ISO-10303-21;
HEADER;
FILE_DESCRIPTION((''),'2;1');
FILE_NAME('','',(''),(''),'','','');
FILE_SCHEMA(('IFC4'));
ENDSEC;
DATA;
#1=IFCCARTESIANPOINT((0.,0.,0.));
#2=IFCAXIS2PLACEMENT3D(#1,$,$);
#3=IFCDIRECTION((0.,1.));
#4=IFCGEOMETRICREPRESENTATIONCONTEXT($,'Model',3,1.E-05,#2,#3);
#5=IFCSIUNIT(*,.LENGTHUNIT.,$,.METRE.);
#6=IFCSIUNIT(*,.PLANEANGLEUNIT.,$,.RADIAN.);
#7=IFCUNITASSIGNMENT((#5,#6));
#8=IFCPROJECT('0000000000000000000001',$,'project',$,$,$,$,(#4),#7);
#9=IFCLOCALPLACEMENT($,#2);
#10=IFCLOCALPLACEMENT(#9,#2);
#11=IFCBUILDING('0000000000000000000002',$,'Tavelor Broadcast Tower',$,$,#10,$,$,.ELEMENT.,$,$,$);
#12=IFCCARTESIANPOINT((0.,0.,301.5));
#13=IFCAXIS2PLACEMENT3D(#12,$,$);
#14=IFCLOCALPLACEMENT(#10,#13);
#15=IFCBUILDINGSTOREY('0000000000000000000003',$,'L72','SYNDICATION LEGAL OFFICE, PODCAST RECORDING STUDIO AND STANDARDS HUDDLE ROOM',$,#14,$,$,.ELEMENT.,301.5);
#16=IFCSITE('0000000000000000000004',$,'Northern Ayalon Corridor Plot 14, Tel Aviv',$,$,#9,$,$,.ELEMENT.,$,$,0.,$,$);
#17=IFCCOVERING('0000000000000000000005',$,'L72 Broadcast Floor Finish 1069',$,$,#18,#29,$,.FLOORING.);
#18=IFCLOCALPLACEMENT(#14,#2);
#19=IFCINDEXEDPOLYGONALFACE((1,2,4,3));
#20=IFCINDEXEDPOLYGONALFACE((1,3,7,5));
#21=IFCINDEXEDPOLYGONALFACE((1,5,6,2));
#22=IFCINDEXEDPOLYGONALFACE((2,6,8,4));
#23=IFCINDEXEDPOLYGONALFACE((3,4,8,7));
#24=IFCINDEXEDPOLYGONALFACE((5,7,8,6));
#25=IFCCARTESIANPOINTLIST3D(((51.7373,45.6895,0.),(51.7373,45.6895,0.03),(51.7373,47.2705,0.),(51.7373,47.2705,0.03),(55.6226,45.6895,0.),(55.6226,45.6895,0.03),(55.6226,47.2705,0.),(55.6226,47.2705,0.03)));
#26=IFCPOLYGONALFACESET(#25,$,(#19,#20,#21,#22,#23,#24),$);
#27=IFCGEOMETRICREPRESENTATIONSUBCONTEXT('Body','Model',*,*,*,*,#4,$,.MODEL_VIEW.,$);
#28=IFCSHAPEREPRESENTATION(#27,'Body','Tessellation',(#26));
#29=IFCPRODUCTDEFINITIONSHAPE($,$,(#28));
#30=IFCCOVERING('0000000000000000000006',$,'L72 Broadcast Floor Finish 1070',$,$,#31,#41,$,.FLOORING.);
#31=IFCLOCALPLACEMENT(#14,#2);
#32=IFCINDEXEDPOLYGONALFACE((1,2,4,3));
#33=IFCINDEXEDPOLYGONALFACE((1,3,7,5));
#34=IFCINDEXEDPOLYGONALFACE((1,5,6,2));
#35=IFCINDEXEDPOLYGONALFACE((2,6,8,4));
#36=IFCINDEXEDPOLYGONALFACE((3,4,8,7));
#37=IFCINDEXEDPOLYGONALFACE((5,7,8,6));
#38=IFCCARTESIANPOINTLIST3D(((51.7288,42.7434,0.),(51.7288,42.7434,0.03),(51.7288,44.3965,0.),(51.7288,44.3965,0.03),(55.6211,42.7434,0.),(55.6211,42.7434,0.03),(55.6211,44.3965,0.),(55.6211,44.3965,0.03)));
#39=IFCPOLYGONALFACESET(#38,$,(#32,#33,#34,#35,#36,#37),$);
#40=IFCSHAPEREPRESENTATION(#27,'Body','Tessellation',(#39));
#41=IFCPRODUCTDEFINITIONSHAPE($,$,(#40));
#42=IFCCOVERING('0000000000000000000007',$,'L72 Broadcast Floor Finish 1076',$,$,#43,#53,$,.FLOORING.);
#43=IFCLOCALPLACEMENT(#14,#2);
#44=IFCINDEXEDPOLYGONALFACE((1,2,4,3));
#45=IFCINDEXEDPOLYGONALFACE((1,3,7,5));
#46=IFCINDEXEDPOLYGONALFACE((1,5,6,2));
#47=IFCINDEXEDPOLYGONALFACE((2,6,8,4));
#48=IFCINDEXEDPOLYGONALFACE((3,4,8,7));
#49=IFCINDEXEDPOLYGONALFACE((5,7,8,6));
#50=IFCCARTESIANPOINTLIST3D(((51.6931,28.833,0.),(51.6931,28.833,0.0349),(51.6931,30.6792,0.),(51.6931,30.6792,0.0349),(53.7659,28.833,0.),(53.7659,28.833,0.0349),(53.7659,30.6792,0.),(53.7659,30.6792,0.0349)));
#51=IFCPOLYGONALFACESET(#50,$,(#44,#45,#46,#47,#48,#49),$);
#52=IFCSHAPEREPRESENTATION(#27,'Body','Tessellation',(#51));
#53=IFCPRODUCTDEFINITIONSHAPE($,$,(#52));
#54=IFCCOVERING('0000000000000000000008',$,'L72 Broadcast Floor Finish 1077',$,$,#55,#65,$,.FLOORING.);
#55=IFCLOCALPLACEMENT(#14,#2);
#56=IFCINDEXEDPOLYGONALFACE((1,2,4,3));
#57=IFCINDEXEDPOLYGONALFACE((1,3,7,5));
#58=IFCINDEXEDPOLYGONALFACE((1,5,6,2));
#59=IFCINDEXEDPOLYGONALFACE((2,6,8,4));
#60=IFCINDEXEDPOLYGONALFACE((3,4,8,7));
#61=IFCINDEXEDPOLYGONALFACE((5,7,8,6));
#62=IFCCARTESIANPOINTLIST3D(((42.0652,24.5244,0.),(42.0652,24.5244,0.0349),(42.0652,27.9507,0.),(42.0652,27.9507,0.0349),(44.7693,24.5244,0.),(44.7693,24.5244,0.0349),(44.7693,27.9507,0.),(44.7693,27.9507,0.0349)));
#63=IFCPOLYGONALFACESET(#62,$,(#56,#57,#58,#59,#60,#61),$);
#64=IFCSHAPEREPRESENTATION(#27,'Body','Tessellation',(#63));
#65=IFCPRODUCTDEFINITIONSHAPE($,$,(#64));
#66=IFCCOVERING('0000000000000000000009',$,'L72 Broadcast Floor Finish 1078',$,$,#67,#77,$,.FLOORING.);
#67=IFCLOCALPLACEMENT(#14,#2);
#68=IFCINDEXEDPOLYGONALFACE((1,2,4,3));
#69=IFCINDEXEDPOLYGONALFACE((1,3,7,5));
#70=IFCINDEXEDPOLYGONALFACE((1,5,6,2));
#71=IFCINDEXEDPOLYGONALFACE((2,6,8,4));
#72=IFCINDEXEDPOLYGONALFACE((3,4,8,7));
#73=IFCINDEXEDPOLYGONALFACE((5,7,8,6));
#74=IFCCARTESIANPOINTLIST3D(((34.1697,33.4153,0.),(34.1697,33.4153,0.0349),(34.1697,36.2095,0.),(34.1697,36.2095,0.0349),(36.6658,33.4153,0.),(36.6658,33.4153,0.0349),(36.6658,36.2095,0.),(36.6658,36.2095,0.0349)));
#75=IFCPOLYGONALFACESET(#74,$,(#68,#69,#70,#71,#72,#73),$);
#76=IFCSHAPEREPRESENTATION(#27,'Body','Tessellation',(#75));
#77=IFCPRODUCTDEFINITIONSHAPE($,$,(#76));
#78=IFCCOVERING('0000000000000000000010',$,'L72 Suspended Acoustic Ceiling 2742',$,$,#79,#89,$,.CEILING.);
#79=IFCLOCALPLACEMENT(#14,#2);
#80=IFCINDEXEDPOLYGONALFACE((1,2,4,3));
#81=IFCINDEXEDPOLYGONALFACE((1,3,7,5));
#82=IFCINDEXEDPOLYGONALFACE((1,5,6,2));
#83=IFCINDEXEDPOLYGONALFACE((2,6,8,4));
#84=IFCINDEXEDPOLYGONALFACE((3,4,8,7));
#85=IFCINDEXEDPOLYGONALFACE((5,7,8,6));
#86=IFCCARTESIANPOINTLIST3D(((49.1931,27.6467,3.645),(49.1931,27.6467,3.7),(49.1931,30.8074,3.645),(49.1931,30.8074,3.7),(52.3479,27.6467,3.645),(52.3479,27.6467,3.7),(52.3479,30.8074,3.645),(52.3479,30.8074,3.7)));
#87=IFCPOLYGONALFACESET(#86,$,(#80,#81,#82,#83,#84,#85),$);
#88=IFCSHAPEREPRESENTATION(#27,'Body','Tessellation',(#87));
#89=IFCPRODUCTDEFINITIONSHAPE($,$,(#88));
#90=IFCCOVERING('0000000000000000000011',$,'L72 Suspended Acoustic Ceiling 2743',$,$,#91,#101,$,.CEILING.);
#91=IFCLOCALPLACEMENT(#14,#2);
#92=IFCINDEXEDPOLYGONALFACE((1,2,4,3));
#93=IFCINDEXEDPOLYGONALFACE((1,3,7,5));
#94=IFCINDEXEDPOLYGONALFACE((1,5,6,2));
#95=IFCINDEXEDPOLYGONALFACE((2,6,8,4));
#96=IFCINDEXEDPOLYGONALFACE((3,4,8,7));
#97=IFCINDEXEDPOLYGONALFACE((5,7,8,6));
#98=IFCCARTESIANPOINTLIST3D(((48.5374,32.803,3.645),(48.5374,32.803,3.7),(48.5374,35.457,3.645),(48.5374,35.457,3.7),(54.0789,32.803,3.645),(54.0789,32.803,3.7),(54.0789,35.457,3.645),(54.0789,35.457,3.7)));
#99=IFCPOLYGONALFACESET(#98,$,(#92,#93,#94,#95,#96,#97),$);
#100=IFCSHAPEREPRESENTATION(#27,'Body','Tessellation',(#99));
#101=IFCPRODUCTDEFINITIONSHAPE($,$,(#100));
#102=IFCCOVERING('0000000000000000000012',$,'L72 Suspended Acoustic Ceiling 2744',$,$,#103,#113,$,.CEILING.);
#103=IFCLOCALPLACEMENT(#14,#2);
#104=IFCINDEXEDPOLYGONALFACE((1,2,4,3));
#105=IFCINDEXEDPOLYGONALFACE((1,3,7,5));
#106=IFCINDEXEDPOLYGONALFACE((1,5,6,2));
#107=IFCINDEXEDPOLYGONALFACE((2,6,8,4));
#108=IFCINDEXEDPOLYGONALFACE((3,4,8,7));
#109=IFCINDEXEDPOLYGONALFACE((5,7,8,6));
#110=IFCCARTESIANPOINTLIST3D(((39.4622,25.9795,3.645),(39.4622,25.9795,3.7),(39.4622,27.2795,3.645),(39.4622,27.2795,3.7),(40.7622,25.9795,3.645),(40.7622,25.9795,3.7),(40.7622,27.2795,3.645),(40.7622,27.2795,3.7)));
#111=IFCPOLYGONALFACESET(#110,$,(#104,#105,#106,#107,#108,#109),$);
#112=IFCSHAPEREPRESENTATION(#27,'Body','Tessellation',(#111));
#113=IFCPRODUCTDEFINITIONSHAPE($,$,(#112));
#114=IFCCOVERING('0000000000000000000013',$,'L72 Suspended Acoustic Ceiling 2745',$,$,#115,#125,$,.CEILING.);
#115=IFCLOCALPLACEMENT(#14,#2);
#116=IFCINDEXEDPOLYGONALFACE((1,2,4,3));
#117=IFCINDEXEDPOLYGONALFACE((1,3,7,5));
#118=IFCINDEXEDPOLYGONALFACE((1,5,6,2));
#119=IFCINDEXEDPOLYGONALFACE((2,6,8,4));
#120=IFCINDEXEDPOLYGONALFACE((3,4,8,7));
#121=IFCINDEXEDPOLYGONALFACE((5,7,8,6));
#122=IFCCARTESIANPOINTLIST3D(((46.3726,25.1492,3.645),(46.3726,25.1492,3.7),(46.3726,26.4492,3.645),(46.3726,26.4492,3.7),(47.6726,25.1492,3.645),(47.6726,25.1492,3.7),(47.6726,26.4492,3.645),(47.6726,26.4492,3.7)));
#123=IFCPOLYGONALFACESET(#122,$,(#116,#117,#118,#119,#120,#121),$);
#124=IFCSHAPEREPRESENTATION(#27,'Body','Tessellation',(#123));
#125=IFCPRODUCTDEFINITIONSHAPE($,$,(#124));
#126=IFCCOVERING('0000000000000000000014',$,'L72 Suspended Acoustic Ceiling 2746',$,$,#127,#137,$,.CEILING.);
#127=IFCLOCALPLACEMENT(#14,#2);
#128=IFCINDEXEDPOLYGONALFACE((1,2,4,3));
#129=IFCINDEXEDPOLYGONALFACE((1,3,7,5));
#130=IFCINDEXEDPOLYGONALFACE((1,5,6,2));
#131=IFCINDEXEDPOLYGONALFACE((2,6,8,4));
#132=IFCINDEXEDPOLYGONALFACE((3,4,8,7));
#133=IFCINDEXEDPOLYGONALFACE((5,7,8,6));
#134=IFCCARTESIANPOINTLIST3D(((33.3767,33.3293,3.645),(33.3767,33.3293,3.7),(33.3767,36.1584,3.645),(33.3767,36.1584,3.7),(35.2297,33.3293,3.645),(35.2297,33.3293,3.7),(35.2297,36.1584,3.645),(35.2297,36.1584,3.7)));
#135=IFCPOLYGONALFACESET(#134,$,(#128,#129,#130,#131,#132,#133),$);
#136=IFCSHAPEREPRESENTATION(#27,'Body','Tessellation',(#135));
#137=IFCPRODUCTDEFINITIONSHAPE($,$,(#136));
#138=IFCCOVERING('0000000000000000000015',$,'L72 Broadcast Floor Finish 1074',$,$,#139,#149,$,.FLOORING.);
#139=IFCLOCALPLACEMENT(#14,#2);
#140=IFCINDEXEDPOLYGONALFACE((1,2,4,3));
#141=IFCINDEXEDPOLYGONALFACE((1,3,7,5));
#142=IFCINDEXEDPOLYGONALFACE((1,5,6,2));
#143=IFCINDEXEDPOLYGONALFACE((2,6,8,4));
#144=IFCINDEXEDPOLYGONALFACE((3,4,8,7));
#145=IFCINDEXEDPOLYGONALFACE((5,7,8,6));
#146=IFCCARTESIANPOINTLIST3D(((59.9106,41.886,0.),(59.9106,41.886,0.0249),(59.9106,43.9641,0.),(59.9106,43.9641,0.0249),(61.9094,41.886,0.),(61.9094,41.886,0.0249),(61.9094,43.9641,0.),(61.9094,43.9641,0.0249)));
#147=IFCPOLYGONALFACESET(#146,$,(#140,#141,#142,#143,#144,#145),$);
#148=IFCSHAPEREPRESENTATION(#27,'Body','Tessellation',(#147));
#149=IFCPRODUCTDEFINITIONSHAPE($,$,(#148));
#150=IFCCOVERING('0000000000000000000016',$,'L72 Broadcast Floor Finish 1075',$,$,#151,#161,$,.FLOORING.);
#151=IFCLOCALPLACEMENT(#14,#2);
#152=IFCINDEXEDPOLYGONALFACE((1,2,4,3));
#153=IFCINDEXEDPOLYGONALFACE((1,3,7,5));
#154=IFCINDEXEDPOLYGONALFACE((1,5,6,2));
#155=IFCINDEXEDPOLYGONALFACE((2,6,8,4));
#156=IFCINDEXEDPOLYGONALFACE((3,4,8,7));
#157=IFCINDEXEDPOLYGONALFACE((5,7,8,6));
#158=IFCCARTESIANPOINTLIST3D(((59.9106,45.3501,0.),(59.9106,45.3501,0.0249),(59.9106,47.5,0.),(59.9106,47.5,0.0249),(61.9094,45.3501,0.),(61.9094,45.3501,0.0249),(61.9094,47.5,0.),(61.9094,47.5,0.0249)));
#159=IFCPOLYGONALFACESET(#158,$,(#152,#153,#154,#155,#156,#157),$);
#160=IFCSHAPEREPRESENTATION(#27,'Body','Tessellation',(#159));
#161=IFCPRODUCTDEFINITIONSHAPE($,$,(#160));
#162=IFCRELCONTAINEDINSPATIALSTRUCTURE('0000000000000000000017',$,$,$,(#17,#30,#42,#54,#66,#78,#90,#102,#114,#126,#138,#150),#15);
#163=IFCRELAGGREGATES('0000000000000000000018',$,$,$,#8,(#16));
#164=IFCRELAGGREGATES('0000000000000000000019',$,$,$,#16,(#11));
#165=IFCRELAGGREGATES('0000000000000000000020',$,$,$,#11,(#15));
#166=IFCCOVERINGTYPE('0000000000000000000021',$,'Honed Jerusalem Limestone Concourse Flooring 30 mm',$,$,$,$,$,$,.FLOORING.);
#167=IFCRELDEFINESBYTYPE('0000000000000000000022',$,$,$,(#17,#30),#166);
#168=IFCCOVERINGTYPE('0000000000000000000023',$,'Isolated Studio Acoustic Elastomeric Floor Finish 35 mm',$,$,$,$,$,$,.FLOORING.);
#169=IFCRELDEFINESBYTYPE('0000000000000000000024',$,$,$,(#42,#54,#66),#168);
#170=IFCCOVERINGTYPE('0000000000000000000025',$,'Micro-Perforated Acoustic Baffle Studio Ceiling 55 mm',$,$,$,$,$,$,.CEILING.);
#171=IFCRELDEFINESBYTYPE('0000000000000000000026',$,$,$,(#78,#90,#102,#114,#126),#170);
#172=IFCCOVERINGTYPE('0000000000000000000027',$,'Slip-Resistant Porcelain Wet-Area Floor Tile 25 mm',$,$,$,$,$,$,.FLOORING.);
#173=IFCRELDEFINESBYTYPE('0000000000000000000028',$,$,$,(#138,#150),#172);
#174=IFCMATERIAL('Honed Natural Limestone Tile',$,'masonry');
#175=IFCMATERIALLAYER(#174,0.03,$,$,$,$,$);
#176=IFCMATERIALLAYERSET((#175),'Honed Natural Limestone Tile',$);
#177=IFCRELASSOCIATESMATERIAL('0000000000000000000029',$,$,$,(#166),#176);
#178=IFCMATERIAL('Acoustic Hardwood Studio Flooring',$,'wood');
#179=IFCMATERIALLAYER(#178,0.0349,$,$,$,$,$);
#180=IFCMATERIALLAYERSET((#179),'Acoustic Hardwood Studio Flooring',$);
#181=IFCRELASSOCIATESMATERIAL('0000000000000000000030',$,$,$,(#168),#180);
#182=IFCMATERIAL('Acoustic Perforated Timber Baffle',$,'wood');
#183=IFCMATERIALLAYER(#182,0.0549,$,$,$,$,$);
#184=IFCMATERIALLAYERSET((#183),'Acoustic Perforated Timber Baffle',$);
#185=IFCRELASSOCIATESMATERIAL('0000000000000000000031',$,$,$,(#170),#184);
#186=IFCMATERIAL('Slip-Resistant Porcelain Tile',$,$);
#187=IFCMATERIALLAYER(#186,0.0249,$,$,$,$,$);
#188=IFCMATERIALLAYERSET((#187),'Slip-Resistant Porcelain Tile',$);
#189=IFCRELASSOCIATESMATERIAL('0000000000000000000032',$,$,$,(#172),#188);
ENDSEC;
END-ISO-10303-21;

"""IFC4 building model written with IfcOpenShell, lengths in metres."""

from ifc_helpers import new_model, si_unit, direction, frame, origin, place, context, subcontext, project, spatial, polyline, outline, extrude, material, layer, layer_set, type_object, element, save


model = new_model("IFC4")

# Units and contexts
model_context = context("Model", 3, precision=1e-05, world=origin(), true_north=direction((0.0, 1.0)))
body_context = subcontext(model_context, "Body", "Model", "MODEL_VIEW")
ifc_project = project(units=[si_unit("LENGTHUNIT", "METRE"), si_unit("PLANEANGLEUNIT", "RADIAN")], contexts=[model_context])

# Site, building, storey
site_placement = place(None, origin())
site = spatial("IfcSite", under=ifc_project, at=site_placement, Name="Northern Ayalon Corridor Plot 14, Tel Aviv", CompositionType="ELEMENT", RefElevation=0.0)
building_placement = place(site_placement, origin())
building = spatial("IfcBuilding", under=site, at=building_placement, Name="Tavelor Broadcast Tower", CompositionType="ELEMENT")
storey_placement = place(building_placement, frame((0.0, 0.0, 301.5)))
storey = spatial("IfcBuildingStorey", under=building, at=storey_placement, Name="L72", Description="SYNDICATION LEGAL OFFICE, PODCAST RECORDING STUDIO AND STANDARDS HUDDLE ROOM", CompositionType="ELEMENT", Elevation=301.5)

# Coverings
ifc_material_1 = material(Name="Honed Natural Limestone Tile", Category="masonry")
ifc_layer_1 = layer(ifc_material_1, 0.03)
ifc_layer_set_1 = layer_set([ifc_layer_1], Name="Honed Natural Limestone Tile")
covering_type_1 = type_object("IfcCoveringType", Name="Honed Jerusalem Limestone Concourse Flooring 30 mm", PredefinedType="FLOORING", material=ifc_layer_set_1)
covering_1_placement = place(storey_placement, origin())
element("IfcCovering", 1, at=covering_1_placement, inside=storey, type_object=covering_type_1, Name="L72 Broadcast Floor Finish 1069", PredefinedType="FLOORING", context=body_context, shape_type="SweptSolid", body=[
    extrude(outline(polyline([(51.7373, 45.6895), (55.6226, 45.6895), (55.6226, 47.2705), (51.7373, 47.2705), (51.7373, 45.6895)])), origin(), (0.0, 0.0, 1.0), 0.03),
])
covering_2_placement = place(storey_placement, origin())
element("IfcCovering", 2, at=covering_2_placement, inside=storey, type_object=covering_type_1, Name="L72 Broadcast Floor Finish 1070", PredefinedType="FLOORING", context=body_context, shape_type="SweptSolid", body=[
    extrude(outline(polyline([(51.7288, 42.7434), (55.6211, 42.7434), (55.6211, 44.3965), (51.7288, 44.3965), (51.7288, 42.7434)])), origin(), (0.0, 0.0, 1.0), 0.03),
])
ifc_material_2 = material(Name="Acoustic Hardwood Studio Flooring", Category="wood")
ifc_layer_2 = layer(ifc_material_2, 0.0349)
ifc_layer_set_2 = layer_set([ifc_layer_2], Name="Acoustic Hardwood Studio Flooring")
covering_type_2 = type_object("IfcCoveringType", Name="Isolated Studio Acoustic Elastomeric Floor Finish 35 mm", PredefinedType="FLOORING", material=ifc_layer_set_2)
covering_3_placement = place(storey_placement, origin())
element("IfcCovering", 3, at=covering_3_placement, inside=storey, type_object=covering_type_2, Name="L72 Broadcast Floor Finish 1076", PredefinedType="FLOORING", context=body_context, shape_type="SweptSolid", body=[
    extrude(outline(polyline([(51.6931, 28.833), (53.7659, 28.833), (53.7659, 30.6792), (51.6931, 30.6792), (51.6931, 28.833)])), origin(), (0.0, 0.0, 1.0), 0.0349),
])
covering_4_placement = place(storey_placement, origin())
element("IfcCovering", 4, at=covering_4_placement, inside=storey, type_object=covering_type_2, Name="L72 Broadcast Floor Finish 1077", PredefinedType="FLOORING", context=body_context, shape_type="SweptSolid", body=[
    extrude(outline(polyline([(42.0652, 24.5244), (44.7693, 24.5244), (44.7693, 27.9507), (42.0652, 27.9507), (42.0652, 24.5244)])), origin(), (0.0, 0.0, 1.0), 0.0349),
])
covering_5_placement = place(storey_placement, origin())
element("IfcCovering", 5, at=covering_5_placement, inside=storey, type_object=covering_type_2, Name="L72 Broadcast Floor Finish 1078", PredefinedType="FLOORING", context=body_context, shape_type="SweptSolid", body=[
    extrude(outline(polyline([(34.1697, 33.4153), (36.6658, 33.4153), (36.6658, 36.2095), (34.1697, 36.2095), (34.1697, 33.4153)])), origin(), (0.0, 0.0, 1.0), 0.0349),
])
ifc_material_3 = material(Name="Acoustic Perforated Timber Baffle", Category="wood")
ifc_layer_3 = layer(ifc_material_3, 0.0549)
ifc_layer_set_3 = layer_set([ifc_layer_3], Name="Acoustic Perforated Timber Baffle")
covering_type_3 = type_object("IfcCoveringType", Name="Micro-Perforated Acoustic Baffle Studio Ceiling 55 mm", PredefinedType="CEILING", material=ifc_layer_set_3)
covering_6_placement = place(storey_placement, frame((0.0, 0.0, 3.645)))
element("IfcCovering", 6, at=covering_6_placement, inside=storey, type_object=covering_type_3, Name="L72 Suspended Acoustic Ceiling 2742", PredefinedType="CEILING", context=body_context, shape_type="SweptSolid", body=[
    extrude(outline(polyline([(49.1931, 27.6467), (52.3479, 27.6467), (52.3479, 30.8074), (49.1931, 30.8074), (49.1931, 27.6467)])), origin(), (0.0, 0.0, 1.0), 0.0549),
])
covering_7_placement = place(storey_placement, frame((0.0, 0.0, 3.645)))
element("IfcCovering", 7, at=covering_7_placement, inside=storey, type_object=covering_type_3, Name="L72 Suspended Acoustic Ceiling 2743", PredefinedType="CEILING", context=body_context, shape_type="SweptSolid", body=[
    extrude(outline(polyline([(48.5374, 32.803), (54.0789, 32.803), (54.0789, 35.457), (48.5374, 35.457), (48.5374, 32.803)])), origin(), (0.0, 0.0, 1.0), 0.0549),
])
covering_8_placement = place(storey_placement, frame((0.0, 0.0, 3.645)))
element("IfcCovering", 8, at=covering_8_placement, inside=storey, type_object=covering_type_3, Name="L72 Suspended Acoustic Ceiling 2744", PredefinedType="CEILING", context=body_context, shape_type="SweptSolid", body=[
    extrude(outline(polyline([(39.4622, 25.9795), (40.7622, 25.9795), (40.7622, 27.2795), (39.4622, 27.2795), (39.4622, 25.9795)])), origin(), (0.0, 0.0, 1.0), 0.0549),
])
covering_9_placement = place(storey_placement, frame((0.0, 0.0, 3.645)))
element("IfcCovering", 9, at=covering_9_placement, inside=storey, type_object=covering_type_3, Name="L72 Suspended Acoustic Ceiling 2745", PredefinedType="CEILING", context=body_context, shape_type="SweptSolid", body=[
    extrude(outline(polyline([(46.3726, 25.1492), (47.6726, 25.1492), (47.6726, 26.4492), (46.3726, 26.4492), (46.3726, 25.1492)])), origin(), (0.0, 0.0, 1.0), 0.0549),
])
covering_10_placement = place(storey_placement, frame((0.0, 0.0, 3.645)))
element("IfcCovering", 10, at=covering_10_placement, inside=storey, type_object=covering_type_3, Name="L72 Suspended Acoustic Ceiling 2746", PredefinedType="CEILING", context=body_context, shape_type="SweptSolid", body=[
    extrude(outline(polyline([(33.3767, 33.3293), (35.2297, 33.3293), (35.2297, 36.1584), (33.3767, 36.1584), (33.3767, 33.3293)])), origin(), (0.0, 0.0, 1.0), 0.0549),
])
ifc_material_4 = material(Name="Slip-Resistant Porcelain Tile")
ifc_layer_4 = layer(ifc_material_4, 0.0249)
ifc_layer_set_4 = layer_set([ifc_layer_4], Name="Slip-Resistant Porcelain Tile")
covering_type_4 = type_object("IfcCoveringType", Name="Slip-Resistant Porcelain Wet-Area Floor Tile 25 mm", PredefinedType="FLOORING", material=ifc_layer_set_4)
covering_11_placement = place(storey_placement, origin())
element("IfcCovering", 11, at=covering_11_placement, inside=storey, type_object=covering_type_4, Name="L72 Broadcast Floor Finish 1074", PredefinedType="FLOORING", context=body_context, shape_type="SweptSolid", body=[
    extrude(outline(polyline([(59.9106, 41.886), (61.9094, 41.886), (61.9094, 43.9641), (59.9106, 43.9641), (59.9106, 41.886)])), origin(), (0.0, 0.0, 1.0), 0.0249),
])
covering_12_placement = place(storey_placement, origin())
element("IfcCovering", 12, at=covering_12_placement, inside=storey, type_object=covering_type_4, Name="L72 Broadcast Floor Finish 1075", PredefinedType="FLOORING", context=body_context, shape_type="SweptSolid", body=[
    extrude(outline(polyline([(59.9106, 45.3501), (61.9094, 45.3501), (61.9094, 47.5), (59.9106, 47.5), (59.9106, 45.3501)])), origin(), (0.0, 0.0, 1.0), 0.0249),
])

save(model, "model.ifc")
